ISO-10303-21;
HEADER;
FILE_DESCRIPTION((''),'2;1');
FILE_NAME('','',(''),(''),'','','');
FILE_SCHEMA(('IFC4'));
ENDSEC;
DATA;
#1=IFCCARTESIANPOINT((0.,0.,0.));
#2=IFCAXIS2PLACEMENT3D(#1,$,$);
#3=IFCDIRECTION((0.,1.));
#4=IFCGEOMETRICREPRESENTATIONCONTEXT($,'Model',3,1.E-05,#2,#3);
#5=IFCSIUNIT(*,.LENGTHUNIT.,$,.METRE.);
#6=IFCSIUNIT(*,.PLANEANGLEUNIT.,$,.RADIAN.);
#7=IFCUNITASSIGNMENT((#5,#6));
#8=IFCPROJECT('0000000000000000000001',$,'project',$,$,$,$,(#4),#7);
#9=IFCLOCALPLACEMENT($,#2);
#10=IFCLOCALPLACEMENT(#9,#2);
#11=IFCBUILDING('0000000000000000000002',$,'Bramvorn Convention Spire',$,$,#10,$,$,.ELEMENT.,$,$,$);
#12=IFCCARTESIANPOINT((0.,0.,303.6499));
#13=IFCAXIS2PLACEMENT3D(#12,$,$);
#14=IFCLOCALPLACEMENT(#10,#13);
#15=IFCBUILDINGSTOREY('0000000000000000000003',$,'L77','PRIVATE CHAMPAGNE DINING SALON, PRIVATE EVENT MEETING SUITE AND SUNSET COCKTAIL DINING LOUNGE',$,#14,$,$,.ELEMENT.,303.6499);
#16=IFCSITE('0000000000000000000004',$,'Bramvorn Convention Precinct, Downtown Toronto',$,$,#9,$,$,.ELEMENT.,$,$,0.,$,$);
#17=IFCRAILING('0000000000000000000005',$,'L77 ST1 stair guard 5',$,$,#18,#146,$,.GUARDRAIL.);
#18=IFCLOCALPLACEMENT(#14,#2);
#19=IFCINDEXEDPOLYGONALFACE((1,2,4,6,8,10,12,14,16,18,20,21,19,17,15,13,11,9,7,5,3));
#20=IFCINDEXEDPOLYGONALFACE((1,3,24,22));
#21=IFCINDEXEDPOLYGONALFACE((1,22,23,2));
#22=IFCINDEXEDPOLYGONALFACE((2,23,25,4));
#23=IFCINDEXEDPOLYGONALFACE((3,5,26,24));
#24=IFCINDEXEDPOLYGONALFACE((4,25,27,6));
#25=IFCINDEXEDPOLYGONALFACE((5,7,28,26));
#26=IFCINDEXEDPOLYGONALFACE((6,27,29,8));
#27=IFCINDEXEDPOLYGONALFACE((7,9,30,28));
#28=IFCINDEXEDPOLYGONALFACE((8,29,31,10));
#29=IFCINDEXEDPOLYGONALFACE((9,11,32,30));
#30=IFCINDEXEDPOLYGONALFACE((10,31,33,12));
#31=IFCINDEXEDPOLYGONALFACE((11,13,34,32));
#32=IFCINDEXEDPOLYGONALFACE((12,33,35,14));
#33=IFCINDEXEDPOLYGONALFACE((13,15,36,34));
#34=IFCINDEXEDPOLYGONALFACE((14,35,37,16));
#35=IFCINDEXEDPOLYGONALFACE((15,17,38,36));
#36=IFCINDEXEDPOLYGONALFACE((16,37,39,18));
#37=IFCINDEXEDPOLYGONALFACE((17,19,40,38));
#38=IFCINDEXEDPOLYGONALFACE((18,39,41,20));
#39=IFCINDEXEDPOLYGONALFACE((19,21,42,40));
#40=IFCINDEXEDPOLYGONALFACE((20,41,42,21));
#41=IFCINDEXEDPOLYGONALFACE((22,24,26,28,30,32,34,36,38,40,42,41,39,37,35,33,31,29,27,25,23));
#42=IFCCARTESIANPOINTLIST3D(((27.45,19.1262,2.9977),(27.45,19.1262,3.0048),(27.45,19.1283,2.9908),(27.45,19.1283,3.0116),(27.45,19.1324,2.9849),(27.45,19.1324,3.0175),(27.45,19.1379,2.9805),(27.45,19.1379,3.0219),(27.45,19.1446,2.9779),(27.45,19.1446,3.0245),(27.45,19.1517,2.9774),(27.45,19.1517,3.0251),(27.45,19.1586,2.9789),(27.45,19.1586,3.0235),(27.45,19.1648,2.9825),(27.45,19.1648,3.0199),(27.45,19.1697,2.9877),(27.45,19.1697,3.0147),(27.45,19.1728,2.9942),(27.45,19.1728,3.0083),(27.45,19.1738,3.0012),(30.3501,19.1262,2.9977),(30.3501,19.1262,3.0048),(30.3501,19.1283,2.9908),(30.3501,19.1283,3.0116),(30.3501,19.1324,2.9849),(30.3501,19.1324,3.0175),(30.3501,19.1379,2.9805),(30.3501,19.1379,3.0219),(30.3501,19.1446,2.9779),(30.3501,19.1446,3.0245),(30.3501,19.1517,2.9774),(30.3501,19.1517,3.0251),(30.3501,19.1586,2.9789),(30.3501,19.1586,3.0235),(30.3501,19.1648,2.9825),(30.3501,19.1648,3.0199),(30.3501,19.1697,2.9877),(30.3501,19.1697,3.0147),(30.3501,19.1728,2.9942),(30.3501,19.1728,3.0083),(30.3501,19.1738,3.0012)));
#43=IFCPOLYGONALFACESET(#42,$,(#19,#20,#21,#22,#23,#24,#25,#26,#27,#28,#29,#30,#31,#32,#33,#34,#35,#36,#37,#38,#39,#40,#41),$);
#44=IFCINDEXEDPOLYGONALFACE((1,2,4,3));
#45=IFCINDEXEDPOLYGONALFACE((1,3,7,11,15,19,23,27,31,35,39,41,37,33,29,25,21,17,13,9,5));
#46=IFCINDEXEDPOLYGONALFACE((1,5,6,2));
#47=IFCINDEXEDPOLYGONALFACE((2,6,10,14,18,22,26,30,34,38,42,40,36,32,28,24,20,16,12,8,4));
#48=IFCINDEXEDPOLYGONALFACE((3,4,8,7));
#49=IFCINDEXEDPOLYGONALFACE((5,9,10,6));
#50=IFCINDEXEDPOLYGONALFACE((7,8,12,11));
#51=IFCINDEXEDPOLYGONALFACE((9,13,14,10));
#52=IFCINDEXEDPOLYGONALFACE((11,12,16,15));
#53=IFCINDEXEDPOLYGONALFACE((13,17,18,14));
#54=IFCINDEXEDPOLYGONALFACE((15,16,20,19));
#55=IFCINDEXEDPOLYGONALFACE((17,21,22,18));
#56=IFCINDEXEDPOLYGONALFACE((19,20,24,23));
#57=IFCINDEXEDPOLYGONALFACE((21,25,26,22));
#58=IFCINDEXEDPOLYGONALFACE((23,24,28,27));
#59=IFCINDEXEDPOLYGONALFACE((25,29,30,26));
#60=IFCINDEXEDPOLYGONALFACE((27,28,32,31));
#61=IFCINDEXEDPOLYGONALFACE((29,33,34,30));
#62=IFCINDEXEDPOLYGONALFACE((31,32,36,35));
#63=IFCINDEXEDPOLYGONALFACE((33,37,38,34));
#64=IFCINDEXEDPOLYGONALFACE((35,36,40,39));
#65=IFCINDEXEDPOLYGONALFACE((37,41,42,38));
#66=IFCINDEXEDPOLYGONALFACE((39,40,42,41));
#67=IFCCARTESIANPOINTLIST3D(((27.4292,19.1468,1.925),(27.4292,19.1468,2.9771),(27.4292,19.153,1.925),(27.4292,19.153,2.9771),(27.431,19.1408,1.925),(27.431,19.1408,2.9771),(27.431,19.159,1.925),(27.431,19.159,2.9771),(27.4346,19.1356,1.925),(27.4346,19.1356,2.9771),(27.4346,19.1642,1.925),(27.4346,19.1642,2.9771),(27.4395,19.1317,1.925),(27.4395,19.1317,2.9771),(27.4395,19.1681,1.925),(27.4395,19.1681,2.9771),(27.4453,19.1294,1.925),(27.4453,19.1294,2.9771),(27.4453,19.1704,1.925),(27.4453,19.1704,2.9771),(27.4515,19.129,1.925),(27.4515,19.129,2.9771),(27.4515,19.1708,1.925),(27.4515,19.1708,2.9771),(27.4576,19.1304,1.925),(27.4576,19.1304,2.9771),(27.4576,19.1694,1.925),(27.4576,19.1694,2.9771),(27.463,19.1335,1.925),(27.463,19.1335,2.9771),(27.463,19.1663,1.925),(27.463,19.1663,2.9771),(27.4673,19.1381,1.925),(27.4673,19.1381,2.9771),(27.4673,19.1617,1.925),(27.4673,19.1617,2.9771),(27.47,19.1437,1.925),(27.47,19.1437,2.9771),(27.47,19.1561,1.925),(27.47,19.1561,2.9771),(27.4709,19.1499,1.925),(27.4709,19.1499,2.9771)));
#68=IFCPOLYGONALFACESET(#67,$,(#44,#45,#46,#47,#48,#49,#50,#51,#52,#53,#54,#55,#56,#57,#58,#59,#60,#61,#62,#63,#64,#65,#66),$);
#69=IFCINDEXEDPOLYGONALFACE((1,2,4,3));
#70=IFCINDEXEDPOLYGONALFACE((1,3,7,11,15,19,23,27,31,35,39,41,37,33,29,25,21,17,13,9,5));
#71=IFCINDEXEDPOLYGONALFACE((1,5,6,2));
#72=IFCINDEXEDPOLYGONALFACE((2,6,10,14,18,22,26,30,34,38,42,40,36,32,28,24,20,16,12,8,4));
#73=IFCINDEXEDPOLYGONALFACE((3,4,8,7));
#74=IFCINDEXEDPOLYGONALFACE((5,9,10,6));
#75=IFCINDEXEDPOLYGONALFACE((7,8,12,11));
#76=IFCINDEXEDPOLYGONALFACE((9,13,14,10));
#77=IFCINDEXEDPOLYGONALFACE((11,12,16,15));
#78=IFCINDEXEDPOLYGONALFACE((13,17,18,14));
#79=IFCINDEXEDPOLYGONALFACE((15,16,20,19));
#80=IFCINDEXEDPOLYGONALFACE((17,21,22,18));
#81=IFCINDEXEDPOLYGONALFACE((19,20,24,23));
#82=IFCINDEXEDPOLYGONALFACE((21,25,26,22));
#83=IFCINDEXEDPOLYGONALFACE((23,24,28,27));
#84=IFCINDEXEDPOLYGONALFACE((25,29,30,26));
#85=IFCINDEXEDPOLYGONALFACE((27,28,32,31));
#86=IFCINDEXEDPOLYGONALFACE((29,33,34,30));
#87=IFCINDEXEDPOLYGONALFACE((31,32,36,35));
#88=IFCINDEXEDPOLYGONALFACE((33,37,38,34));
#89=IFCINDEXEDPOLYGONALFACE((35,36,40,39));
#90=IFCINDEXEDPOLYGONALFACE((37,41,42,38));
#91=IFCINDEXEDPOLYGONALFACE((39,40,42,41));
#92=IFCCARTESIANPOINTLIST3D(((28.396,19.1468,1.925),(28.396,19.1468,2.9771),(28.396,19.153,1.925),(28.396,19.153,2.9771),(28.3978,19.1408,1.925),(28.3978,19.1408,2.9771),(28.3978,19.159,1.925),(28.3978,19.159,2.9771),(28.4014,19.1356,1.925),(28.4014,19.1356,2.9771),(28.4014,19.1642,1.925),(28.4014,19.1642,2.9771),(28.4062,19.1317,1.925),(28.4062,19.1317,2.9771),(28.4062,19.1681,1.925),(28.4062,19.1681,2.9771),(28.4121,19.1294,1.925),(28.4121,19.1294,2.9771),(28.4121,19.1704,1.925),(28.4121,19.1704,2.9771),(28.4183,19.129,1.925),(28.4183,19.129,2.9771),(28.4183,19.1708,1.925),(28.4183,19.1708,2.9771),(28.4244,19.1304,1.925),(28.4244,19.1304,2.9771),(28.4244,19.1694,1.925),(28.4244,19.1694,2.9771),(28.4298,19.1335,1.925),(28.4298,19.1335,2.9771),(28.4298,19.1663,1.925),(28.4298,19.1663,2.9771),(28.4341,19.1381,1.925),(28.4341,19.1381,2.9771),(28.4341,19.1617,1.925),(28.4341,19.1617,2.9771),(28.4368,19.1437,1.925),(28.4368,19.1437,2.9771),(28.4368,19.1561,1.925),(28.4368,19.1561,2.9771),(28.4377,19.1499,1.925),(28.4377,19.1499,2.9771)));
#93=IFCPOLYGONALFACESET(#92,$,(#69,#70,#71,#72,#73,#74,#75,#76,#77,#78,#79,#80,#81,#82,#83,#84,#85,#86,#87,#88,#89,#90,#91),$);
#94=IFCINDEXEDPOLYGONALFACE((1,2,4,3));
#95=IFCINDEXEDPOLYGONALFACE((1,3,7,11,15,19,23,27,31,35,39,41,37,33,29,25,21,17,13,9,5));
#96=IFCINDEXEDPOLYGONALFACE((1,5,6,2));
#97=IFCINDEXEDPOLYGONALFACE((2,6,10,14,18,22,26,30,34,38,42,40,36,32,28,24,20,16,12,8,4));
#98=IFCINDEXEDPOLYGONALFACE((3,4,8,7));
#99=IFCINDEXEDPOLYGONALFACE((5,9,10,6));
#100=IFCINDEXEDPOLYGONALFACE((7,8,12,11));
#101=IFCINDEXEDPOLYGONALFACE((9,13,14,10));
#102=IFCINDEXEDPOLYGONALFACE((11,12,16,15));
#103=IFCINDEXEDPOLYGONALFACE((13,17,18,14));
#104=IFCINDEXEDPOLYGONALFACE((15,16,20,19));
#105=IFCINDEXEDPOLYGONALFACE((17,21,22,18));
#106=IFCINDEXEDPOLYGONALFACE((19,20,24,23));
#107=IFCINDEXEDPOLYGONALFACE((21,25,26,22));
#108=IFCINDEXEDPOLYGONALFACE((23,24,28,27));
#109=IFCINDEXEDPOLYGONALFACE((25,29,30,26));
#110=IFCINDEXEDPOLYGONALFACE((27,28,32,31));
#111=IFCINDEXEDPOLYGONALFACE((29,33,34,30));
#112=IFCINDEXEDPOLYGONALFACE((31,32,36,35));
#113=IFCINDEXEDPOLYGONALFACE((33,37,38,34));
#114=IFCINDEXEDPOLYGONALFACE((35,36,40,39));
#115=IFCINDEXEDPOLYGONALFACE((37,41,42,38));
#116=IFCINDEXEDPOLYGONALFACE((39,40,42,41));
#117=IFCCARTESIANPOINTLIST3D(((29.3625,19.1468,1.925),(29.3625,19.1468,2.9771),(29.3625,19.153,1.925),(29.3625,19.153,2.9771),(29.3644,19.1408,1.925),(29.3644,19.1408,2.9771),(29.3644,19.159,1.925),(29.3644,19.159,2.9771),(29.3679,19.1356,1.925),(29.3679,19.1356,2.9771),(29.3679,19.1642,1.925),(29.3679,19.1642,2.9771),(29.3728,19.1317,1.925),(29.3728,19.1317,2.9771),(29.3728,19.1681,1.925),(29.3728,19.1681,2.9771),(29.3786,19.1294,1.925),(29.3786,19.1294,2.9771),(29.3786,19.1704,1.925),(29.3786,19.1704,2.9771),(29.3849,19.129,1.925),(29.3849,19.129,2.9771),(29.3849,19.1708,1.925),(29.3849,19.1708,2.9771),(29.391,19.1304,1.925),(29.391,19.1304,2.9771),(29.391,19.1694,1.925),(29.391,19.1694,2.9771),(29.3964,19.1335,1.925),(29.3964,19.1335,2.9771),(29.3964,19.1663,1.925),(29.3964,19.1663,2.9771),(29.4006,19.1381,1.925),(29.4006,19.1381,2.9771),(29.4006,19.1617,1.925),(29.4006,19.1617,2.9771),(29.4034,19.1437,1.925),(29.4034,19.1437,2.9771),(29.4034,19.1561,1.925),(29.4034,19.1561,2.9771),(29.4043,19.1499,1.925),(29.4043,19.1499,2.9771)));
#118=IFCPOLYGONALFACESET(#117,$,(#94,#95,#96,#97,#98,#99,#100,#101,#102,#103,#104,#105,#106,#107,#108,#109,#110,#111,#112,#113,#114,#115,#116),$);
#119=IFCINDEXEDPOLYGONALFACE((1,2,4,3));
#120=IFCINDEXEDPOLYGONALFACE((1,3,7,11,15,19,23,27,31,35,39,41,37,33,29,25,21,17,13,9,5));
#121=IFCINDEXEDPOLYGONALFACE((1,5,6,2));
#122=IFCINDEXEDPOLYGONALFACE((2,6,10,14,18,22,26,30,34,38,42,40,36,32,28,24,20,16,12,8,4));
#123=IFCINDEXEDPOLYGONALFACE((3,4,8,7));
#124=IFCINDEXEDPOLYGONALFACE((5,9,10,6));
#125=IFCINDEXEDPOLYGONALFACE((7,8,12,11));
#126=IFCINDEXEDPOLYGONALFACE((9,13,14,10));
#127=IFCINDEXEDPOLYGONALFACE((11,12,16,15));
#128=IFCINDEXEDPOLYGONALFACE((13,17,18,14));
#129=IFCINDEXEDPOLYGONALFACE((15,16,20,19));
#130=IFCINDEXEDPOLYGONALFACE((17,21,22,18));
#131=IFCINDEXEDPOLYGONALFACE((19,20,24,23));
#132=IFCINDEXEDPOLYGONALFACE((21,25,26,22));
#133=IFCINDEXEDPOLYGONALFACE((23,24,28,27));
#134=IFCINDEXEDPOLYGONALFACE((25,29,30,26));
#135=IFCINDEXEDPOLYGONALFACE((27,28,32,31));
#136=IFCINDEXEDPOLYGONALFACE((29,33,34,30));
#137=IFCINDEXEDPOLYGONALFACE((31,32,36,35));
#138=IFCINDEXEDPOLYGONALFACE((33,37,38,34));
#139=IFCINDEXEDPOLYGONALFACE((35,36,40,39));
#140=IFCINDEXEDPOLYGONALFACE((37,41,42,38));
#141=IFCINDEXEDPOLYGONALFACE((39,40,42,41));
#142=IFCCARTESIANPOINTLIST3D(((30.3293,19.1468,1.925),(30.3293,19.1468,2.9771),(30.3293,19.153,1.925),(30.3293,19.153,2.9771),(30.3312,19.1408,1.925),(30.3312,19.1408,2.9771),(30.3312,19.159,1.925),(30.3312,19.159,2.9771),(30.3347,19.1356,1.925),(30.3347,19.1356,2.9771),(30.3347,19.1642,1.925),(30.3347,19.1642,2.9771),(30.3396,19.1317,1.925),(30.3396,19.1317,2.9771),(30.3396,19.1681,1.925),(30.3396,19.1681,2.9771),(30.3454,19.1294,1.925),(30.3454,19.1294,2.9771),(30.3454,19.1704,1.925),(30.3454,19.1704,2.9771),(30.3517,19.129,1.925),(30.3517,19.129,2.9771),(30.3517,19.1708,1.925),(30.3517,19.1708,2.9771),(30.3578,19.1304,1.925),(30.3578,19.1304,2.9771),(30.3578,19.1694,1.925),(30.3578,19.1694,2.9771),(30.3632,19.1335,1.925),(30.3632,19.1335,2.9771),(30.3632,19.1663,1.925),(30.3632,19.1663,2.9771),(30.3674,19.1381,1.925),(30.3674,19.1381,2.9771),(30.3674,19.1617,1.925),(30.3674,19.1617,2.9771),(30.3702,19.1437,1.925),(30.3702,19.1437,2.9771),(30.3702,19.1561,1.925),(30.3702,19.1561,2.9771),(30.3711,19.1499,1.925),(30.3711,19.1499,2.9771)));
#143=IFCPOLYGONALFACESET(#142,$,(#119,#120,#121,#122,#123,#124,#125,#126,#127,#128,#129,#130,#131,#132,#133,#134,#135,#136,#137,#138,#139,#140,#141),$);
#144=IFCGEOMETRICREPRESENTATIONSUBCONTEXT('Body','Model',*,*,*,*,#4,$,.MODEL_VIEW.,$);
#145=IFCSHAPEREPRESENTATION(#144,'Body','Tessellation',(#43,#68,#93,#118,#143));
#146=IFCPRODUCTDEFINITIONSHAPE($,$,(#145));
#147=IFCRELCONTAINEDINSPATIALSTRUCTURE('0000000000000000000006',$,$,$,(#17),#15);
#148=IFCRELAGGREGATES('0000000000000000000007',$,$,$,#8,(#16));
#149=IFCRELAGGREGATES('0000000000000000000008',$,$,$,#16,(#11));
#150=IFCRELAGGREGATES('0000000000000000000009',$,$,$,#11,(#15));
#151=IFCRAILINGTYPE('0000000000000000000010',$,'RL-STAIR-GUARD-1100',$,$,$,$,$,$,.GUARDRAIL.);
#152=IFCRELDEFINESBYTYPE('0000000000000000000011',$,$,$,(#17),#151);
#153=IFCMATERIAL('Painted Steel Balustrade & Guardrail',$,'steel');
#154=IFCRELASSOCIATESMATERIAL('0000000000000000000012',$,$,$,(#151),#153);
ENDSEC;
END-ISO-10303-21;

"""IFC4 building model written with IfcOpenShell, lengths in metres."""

from ifc_helpers import new_model, si_unit, direction, frame, origin, origin_2d, place, context, subcontext, project, spatial, circle, extrude, material, type_object, element, save


model = new_model("IFC4")

# Units and contexts
model_context = context("Model", 3, precision=1e-05, world=origin(), true_north=direction((0.0, 1.0)))
body_context = subcontext(model_context, "Body", "Model", "MODEL_VIEW")
ifc_project = project(units=[si_unit("LENGTHUNIT", "METRE"), si_unit("PLANEANGLEUNIT", "RADIAN")], contexts=[model_context])

# Site, building, storey
site_placement = place(None, origin())
site = spatial("IfcSite", under=ifc_project, at=site_placement, Name="Bramvorn Convention Precinct, Downtown Toronto", CompositionType="ELEMENT", RefElevation=0.0)
building_placement = place(site_placement, origin())
building = spatial("IfcBuilding", under=site, at=building_placement, Name="Bramvorn Convention Spire", CompositionType="ELEMENT")
storey_placement = place(building_placement, frame((0.0, 0.0, 303.6499)))
storey = spatial("IfcBuildingStorey", under=building, at=storey_placement, Name="L77", Description="PRIVATE CHAMPAGNE DINING SALON, PRIVATE EVENT MEETING SUITE AND SUNSET COCKTAIL DINING LOUNGE", CompositionType="ELEMENT", Elevation=303.6499)

# Railing
ifc_material_1 = material(Name="Painted Steel Balustrade & Guardrail", Category="steel")
railing_type_1 = type_object("IfcRailingType", Name="RL-STAIR-GUARD-1100", PredefinedType="GUARDRAIL", material=ifc_material_1)
railing_1_placement = place(storey_placement, frame((27.45, 19.1499, 1.925)))
element("IfcRailing", 1, at=railing_1_placement, inside=storey, type_object=railing_type_1, Name="L77 ST1 stair guard 5", PredefinedType="GUARDRAIL", context=body_context, shape_type="SweptSolid", body=[
    extrude(circle(Radius=0.0239, at=origin_2d()), frame((0.0, 0.0, 1.0762), z_axis=(1.0, 0.0, 0.0), x_axis=(0.0, 1.0, 0.0)), (0.0, 0.0, 1.0), 2.9001),
    extrude(circle(Radius=0.021, at=origin_2d()), origin(), (0.0, 0.0, 1.0), 1.052),
    extrude(circle(Radius=0.021, at=origin_2d()), frame((0.9668, 0.0, 0.0)), (0.0, 0.0, 1.0), 1.052),
    extrude(circle(Radius=0.021, at=origin_2d()), frame((1.9333, 0.0, 0.0)), (0.0, 0.0, 1.0), 1.052),
    extrude(circle(Radius=0.021, at=origin_2d()), frame((2.9001, 0.0, 0.0)), (0.0, 0.0, 1.0), 1.052),
])

save(model, "model.ifc")
